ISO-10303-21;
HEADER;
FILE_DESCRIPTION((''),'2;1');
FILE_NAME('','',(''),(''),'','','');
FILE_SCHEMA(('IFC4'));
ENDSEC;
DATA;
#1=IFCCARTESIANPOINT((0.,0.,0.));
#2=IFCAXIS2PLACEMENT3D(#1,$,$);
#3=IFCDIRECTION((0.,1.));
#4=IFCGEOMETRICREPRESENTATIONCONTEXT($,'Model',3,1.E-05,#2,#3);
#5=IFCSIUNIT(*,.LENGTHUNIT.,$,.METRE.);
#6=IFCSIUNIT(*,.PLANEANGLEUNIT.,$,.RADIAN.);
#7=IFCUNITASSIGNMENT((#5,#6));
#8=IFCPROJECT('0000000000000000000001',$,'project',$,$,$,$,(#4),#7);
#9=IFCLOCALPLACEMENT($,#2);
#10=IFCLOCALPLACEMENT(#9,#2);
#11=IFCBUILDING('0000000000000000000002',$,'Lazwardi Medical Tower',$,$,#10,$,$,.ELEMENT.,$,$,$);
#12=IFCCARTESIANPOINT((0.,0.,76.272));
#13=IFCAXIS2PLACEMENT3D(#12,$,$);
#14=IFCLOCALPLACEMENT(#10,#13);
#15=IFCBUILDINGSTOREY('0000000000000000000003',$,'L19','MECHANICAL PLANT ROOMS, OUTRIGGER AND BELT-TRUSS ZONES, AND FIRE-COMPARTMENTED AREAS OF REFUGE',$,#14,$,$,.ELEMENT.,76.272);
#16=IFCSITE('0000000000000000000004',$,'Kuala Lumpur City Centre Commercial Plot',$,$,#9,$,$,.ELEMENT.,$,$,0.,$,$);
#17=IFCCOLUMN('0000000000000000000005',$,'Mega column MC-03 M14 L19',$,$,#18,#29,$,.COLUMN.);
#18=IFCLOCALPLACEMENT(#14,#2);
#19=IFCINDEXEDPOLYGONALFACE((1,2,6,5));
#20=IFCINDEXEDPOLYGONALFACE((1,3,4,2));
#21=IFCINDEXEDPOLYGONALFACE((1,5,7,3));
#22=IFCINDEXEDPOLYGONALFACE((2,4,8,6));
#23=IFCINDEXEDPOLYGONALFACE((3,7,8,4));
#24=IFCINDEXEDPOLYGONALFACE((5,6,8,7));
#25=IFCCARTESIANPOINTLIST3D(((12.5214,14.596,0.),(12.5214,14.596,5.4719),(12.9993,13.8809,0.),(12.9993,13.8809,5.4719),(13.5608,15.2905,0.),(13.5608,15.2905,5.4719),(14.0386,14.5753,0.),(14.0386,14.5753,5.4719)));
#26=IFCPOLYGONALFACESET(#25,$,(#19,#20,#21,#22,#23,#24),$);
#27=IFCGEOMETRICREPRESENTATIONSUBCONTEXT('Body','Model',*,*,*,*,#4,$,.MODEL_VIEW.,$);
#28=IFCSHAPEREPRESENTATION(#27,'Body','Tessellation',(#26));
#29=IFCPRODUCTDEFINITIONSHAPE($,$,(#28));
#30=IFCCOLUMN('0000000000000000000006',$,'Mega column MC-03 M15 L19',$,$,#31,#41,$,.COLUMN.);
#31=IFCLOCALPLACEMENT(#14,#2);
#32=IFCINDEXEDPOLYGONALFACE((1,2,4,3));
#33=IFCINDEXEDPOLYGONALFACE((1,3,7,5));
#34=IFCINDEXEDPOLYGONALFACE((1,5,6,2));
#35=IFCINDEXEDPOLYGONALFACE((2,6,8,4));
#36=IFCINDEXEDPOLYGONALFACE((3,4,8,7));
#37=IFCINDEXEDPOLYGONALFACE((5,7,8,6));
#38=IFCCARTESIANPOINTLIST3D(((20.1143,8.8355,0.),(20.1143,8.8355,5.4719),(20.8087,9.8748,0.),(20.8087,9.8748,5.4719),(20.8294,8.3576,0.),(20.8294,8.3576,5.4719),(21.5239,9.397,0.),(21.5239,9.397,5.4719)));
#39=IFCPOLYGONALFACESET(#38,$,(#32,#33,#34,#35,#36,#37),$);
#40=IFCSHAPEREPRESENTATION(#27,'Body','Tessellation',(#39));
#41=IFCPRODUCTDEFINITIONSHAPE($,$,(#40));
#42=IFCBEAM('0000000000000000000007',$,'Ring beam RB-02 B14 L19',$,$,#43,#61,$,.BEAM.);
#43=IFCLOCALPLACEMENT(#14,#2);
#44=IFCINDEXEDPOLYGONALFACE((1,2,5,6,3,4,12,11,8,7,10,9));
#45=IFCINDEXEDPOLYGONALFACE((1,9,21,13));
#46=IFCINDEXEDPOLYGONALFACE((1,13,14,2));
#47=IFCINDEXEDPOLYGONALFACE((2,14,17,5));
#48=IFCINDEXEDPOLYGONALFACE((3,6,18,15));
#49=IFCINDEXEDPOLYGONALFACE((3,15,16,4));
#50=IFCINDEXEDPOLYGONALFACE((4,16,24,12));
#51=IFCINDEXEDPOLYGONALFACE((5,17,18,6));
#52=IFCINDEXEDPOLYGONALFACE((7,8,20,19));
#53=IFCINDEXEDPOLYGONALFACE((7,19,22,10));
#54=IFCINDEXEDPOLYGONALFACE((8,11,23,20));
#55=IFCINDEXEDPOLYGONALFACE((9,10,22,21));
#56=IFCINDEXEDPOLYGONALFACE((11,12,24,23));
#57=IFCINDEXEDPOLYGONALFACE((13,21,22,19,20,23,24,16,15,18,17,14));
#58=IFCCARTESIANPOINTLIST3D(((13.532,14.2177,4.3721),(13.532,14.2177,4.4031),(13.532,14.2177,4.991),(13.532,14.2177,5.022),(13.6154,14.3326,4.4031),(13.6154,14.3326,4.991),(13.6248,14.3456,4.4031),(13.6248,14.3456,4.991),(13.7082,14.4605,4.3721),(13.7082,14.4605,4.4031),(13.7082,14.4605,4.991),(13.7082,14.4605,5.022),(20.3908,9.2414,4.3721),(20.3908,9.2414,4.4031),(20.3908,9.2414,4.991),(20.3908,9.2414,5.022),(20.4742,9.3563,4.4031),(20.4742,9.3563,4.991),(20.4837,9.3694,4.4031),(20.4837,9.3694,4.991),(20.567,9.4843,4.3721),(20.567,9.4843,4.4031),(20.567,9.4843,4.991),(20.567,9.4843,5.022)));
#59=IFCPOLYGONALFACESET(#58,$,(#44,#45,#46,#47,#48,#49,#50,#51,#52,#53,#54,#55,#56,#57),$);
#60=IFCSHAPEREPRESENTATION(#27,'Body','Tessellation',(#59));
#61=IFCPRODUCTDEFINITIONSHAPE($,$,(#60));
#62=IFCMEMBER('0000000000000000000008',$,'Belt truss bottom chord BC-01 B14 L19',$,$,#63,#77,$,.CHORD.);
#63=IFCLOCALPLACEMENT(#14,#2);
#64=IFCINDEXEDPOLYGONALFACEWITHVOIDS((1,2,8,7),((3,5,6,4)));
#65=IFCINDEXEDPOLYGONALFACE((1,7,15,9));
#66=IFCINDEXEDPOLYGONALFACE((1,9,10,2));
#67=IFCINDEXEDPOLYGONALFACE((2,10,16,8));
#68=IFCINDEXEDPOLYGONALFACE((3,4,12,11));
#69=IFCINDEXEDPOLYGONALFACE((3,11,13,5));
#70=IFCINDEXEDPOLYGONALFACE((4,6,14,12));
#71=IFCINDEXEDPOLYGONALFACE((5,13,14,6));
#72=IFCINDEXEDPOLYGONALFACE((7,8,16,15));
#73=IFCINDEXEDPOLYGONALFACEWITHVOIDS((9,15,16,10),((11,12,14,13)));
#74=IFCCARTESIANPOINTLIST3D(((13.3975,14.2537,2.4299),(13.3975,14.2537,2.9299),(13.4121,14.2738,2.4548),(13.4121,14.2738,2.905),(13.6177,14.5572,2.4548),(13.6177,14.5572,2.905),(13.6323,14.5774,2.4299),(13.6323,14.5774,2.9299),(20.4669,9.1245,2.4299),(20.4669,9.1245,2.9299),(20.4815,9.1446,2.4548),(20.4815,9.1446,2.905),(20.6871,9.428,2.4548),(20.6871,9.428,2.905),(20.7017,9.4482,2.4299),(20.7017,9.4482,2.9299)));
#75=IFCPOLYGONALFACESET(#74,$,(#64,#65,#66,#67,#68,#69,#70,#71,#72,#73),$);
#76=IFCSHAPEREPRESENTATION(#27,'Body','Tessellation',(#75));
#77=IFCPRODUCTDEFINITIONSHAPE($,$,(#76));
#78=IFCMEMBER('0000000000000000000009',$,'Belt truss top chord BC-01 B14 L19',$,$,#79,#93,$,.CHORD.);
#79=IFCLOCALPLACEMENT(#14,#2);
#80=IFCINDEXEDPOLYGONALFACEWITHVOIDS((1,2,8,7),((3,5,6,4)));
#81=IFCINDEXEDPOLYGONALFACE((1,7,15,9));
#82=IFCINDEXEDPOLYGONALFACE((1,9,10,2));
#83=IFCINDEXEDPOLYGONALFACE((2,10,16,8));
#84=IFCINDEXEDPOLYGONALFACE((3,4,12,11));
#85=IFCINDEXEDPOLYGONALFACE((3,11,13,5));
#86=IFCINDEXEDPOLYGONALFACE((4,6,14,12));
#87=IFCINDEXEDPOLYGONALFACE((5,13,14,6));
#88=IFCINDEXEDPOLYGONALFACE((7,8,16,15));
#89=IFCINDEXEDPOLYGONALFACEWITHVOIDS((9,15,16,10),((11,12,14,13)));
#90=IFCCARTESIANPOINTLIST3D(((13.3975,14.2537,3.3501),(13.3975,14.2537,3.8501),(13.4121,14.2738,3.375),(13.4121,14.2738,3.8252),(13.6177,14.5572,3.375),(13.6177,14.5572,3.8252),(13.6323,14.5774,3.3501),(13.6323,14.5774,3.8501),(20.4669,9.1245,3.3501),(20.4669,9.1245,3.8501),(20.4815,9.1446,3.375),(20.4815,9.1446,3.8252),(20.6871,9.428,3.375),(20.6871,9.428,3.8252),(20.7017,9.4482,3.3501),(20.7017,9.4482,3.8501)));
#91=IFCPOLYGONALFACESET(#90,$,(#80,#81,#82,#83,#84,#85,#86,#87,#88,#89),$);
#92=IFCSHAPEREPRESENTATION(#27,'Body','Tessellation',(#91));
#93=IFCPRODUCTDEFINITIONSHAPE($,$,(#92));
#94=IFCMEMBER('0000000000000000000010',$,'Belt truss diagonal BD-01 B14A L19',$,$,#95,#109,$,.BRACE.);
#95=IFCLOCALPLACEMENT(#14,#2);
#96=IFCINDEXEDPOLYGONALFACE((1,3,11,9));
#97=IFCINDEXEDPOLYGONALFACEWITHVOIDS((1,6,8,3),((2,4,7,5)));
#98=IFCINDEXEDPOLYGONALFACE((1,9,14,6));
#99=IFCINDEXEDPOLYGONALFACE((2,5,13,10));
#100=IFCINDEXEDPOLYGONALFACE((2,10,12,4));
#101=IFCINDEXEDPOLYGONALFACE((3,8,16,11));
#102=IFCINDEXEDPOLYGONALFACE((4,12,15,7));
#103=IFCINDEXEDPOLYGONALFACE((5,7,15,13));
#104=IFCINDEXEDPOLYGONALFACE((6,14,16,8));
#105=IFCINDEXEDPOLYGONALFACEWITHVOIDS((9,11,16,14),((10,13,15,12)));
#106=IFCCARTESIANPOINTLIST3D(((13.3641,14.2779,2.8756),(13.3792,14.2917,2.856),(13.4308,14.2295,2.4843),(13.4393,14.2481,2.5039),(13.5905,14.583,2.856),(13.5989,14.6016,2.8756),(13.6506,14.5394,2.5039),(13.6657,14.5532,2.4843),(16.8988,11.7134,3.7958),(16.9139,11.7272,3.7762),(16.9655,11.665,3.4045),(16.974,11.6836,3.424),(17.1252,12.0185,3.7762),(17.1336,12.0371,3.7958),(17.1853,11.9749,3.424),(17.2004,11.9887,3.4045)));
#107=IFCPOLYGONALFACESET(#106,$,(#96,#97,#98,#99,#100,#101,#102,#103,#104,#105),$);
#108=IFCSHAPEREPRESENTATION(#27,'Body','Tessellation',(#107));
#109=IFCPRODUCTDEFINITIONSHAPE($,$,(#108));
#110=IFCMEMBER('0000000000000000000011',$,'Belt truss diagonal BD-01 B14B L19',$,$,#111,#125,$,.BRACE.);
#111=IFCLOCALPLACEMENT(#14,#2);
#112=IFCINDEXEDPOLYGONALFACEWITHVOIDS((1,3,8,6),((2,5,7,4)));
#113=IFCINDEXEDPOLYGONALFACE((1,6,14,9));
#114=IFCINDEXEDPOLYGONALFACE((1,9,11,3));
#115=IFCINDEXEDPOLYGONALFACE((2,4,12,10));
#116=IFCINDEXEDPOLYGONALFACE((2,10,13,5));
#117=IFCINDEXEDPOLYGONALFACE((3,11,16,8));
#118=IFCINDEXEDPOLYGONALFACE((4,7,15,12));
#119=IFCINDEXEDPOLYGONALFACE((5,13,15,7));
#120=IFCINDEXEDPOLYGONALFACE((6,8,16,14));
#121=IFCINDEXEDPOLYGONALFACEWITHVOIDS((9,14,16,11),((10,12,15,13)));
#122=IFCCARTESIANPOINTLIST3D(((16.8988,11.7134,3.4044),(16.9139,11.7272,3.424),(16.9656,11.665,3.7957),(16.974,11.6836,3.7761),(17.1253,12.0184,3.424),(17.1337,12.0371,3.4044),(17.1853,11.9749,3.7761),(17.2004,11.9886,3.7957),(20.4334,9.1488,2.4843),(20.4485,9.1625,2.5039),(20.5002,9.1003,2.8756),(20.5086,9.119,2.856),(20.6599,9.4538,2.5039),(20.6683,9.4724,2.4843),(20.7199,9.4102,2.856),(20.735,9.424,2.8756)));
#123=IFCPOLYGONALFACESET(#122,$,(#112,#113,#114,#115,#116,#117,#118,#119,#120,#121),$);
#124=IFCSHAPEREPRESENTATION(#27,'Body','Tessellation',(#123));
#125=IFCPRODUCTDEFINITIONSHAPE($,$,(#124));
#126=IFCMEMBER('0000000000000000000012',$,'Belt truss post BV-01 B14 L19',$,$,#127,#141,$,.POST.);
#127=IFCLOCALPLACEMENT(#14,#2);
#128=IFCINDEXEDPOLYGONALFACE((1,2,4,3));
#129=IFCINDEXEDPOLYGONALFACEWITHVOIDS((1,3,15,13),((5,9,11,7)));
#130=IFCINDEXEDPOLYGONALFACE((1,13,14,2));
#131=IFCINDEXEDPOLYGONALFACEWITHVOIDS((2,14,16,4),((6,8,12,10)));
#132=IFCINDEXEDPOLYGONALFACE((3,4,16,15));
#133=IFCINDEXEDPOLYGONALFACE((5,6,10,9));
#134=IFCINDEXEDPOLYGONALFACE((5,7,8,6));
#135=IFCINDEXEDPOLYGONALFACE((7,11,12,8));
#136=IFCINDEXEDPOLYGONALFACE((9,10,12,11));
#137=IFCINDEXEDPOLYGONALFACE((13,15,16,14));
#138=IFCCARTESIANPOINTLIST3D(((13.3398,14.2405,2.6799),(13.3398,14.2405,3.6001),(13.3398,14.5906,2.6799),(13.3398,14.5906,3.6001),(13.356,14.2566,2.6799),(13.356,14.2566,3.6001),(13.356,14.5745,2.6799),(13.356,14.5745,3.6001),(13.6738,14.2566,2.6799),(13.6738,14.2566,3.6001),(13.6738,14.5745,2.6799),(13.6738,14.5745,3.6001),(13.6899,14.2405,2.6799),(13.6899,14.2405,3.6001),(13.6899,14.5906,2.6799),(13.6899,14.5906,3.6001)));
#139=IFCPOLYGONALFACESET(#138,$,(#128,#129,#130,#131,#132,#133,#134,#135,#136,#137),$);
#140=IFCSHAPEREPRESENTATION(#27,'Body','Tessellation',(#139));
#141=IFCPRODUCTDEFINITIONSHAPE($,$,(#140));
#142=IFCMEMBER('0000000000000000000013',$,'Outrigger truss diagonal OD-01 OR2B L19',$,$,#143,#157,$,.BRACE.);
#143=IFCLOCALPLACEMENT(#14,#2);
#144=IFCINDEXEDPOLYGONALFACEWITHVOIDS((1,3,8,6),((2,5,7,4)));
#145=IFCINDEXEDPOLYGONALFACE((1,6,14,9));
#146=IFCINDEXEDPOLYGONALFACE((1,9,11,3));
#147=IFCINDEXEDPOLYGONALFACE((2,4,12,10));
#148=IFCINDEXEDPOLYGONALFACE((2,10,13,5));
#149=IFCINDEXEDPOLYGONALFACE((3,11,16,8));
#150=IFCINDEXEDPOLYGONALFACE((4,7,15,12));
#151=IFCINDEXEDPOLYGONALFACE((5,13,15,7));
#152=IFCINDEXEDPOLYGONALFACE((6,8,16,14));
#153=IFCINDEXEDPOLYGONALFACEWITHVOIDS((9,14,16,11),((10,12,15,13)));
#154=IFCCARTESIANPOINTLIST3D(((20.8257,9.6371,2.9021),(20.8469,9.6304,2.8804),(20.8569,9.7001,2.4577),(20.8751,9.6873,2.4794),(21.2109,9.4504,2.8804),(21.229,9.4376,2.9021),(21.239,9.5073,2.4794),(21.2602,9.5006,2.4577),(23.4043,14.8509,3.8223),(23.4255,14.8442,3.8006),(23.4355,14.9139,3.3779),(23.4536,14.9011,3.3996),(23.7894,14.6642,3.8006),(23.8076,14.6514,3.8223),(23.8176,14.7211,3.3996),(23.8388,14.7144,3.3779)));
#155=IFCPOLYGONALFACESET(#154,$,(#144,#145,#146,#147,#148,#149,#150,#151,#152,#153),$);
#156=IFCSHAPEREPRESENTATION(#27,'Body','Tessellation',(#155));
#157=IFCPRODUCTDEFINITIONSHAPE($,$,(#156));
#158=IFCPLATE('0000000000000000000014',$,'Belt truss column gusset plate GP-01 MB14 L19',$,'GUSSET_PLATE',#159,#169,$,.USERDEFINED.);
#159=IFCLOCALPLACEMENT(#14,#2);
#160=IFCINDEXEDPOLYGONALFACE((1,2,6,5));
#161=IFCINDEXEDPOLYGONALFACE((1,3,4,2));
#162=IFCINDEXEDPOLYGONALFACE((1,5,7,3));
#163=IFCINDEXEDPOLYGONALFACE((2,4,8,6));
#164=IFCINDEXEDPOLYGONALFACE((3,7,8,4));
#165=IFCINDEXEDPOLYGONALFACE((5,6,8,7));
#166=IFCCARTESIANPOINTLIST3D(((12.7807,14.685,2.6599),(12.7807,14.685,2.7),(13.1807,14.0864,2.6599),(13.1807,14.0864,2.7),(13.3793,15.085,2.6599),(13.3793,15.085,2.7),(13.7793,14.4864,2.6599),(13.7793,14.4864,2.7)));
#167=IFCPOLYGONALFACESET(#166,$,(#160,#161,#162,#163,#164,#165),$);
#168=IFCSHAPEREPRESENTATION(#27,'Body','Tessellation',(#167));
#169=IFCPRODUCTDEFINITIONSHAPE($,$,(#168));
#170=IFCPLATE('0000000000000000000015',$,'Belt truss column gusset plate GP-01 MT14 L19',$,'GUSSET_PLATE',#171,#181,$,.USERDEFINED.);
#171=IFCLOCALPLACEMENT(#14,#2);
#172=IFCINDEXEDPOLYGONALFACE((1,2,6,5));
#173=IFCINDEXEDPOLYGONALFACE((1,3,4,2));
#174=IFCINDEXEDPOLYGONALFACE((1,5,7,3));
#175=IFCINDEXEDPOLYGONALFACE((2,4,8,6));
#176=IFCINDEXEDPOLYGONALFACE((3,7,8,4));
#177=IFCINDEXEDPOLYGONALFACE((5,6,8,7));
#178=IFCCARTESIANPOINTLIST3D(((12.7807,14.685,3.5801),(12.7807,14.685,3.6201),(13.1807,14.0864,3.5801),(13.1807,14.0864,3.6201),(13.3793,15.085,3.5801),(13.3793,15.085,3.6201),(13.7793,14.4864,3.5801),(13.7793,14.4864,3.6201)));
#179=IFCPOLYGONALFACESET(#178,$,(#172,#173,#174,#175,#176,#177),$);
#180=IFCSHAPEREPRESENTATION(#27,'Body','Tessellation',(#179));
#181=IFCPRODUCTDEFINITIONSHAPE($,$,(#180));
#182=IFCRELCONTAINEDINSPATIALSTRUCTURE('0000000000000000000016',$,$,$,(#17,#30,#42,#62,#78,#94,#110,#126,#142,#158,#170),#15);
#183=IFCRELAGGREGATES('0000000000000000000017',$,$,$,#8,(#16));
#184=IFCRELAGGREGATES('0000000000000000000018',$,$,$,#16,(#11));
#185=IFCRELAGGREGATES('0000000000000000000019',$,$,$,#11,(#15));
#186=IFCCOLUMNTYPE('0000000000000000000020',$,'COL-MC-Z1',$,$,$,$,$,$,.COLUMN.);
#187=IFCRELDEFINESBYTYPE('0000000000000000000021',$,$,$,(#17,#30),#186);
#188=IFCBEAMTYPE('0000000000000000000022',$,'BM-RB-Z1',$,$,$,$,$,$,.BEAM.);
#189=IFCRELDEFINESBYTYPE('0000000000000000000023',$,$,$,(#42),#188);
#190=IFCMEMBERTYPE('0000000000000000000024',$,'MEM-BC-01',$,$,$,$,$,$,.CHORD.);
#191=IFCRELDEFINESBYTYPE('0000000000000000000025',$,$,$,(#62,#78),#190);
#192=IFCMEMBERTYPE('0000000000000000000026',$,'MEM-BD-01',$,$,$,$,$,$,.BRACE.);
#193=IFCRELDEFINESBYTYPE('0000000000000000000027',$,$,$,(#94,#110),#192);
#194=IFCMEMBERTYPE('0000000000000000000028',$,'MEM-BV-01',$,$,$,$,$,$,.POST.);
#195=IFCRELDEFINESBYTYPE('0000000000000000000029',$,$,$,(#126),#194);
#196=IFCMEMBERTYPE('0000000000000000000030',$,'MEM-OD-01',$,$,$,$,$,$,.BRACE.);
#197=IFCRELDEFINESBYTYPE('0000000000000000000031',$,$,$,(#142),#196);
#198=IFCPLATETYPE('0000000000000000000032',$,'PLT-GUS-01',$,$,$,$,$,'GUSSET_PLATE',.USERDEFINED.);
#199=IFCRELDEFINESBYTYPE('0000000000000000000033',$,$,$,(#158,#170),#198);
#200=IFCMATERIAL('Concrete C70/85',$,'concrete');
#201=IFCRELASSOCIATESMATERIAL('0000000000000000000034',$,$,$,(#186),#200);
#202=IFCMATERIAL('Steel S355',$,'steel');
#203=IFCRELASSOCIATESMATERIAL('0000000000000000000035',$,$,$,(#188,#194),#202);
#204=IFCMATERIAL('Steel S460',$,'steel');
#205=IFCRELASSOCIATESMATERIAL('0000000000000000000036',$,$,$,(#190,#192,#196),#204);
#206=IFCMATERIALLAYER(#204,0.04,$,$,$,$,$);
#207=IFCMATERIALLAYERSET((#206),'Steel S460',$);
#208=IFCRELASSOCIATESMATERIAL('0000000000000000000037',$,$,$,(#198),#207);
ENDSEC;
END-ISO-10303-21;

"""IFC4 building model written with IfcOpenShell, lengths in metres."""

from ifc_helpers import new_model, si_unit, direction, frame, origin, origin_2d, place, context, subcontext, project, spatial, rectangle, hollow_rectangle, i_section, extrude, material, layer, layer_set, material_profile, profile_set, type_object, element, save


model = new_model("IFC4")

# Units and contexts
model_context = context("Model", 3, precision=1e-05, world=origin(), true_north=direction((0.0, 1.0)))
body_context = subcontext(model_context, "Body", "Model", "MODEL_VIEW")
ifc_project = project(units=[si_unit("LENGTHUNIT", "METRE"), si_unit("PLANEANGLEUNIT", "RADIAN")], contexts=[model_context])

# Site, building, storey
site_placement = place(None, origin())
site = spatial("IfcSite", under=ifc_project, at=site_placement, Name="Kuala Lumpur City Centre Commercial Plot", CompositionType="ELEMENT", RefElevation=0.0)
building_placement = place(site_placement, origin())
building = spatial("IfcBuilding", under=site, at=building_placement, Name="Lazwardi Medical Tower", CompositionType="ELEMENT")
storey_placement = place(building_placement, frame((0.0, 0.0, 76.272)))
storey = spatial("IfcBuildingStorey", under=building, at=storey_placement, Name="L19", Description="MECHANICAL PLANT ROOMS, OUTRIGGER AND BELT-TRUSS ZONES, AND FIRE-COMPARTMENTED AREAS OF REFUGE", CompositionType="ELEMENT", Elevation=76.272)

# Columns
ifc_material_1 = material(Name="Concrete C70/85", Category="concrete")
ifc_material_profile_1 = material_profile(ifc_material_1, rectangle(XDim=1.25, YDim=0.8601, at=origin_2d()), Name="CFT-RECT 1250x860")
ifc_profile_set_1 = profile_set([ifc_material_profile_1], Name="Concrete C70/85")
column_type = type_object("IfcColumnType", Name="COL-MC-Z1", PredefinedType="COLUMN", material=ifc_profile_set_1)
for number, where, z_axis, x_axis, name in (
    (1, (13.28, 14.5857, 0.0), (0.0, 0.0, 1.0), (-0.83147, -0.55557, 0.0), "Mega column MC-03 M14 L19"),
    (2, (20.8191, 9.1162, 0.0), (0.0, 0.0, 1.0), (-0.55557, -0.83147, 0.0), "Mega column MC-03 M15 L19"),
):
    element("IfcColumn", number, at=place(storey_placement, frame(where, z_axis=z_axis, x_axis=x_axis)), inside=storey, type_object=column_type, Name=name, PredefinedType="COLUMN", context=body_context, shape_type="SweptSolid", body=[
        extrude(rectangle(XDim=1.25, YDim=0.8601, at=origin_2d()), origin(), (0.0, 0.0, 1.0), 5.4719),
    ])

# Beam
ifc_material_2 = material(Name="Steel S355", Category="steel")
ifc_material_profile_2 = material_profile(ifc_material_2, i_section(OverallWidth=0.3, OverallDepth=0.6499, WebThickness=0.0161, FlangeThickness=0.031, at=origin_2d()), Name="HEB 650")
ifc_profile_set_2 = profile_set([ifc_material_profile_2], Name="Steel S355")
beam_type = type_object("IfcBeamType", Name="BM-RB-Z1", PredefinedType="BEAM", material=ifc_profile_set_2)
beam_placement = place(storey_placement, frame((13.6201, 14.3391, 4.697), z_axis=(0.809407, -0.587248, 0.0), x_axis=(0.587248, 0.809407, 0.0)))
element("IfcBeam", 3, at=beam_placement, inside=storey, type_object=beam_type, Name="Ring beam RB-02 B14 L19", PredefinedType="BEAM", context=body_context, shape_type="SweptSolid", body=[
    extrude(i_section(OverallWidth=0.3, OverallDepth=0.6499, WebThickness=0.0161, FlangeThickness=0.031, at=origin_2d()), origin(), (0.0, 0.0, 1.0), 8.4739),
])

# Members
ifc_material_3 = material(Name="Steel S460", Category="steel")
ifc_material_profile_3 = material_profile(ifc_material_3, hollow_rectangle(XDim=0.3999, YDim=0.5, WallThickness=0.0249, at=origin_2d()), Name="RHS 500x400x25")
ifc_profile_set_3 = profile_set([ifc_material_profile_3], Name="Steel S460")
member_type_1 = type_object("IfcMemberType", Name="MEM-BC-01", PredefinedType="CHORD", material=ifc_profile_set_3)
for number, where, z_axis, x_axis, name in (
    (4, (13.5149, 14.4155, 2.6799), (0.809399, -0.587259, 0.0), (0.587259, 0.809399, 0.0), "Belt truss bottom chord BC-01 B14 L19"),
    (5, (13.5149, 14.4155, 3.6001), (0.809399, -0.587259, 0.0), (0.587259, 0.809399, 0.0), "Belt truss top chord BC-01 B14 L19"),
):
    element("IfcMember", number, at=place(storey_placement, frame(where, z_axis=z_axis, x_axis=x_axis)), inside=storey, type_object=member_type_1, Name=name, PredefinedType="CHORD", context=body_context, shape_type="SweptSolid", body=[
        extrude(hollow_rectangle(XDim=0.3999, YDim=0.5, WallThickness=0.0249, at=origin_2d()), origin(), (0.0, 0.0, 1.0), 8.7341),
    ])
ifc_material_profile_4 = material_profile(ifc_material_3, hollow_rectangle(XDim=0.3999, YDim=0.3999, WallThickness=0.02, at=origin_2d()), Name="RHS 400x400x20")
ifc_profile_set_4 = profile_set([ifc_material_profile_4], Name="Steel S460")
member_type_2 = type_object("IfcMemberType", Name="MEM-BD-01", PredefinedType="BRACE", material=ifc_profile_set_4)
for number, where, z_axis, x_axis, name in (
    (6, (13.5149, 14.4155, 2.6799), (0.792021, -0.574623, 0.206184), (0.587241, 0.809412, 0.0), "Belt truss diagonal BD-01 B14A L19"),
    (7, (20.5842, 9.2864, 2.6799), (-0.791996, 0.574659, 0.206177), (-0.587277, -0.809386, 0.0), "Belt truss diagonal BD-01 B14B L19"),
):
    element("IfcMember", number, at=place(storey_placement, frame(where, z_axis=z_axis, x_axis=x_axis)), inside=storey, type_object=member_type_2, Name=name, PredefinedType="BRACE", context=body_context, shape_type="SweptSolid", body=[
        extrude(hollow_rectangle(XDim=0.3999, YDim=0.3999, WallThickness=0.02, at=origin_2d()), origin(), (0.0, 0.0, 1.0), 4.4629),
    ])
ifc_material_profile_5 = material_profile(ifc_material_2, hollow_rectangle(XDim=0.3501, YDim=0.3501, WallThickness=0.0161, at=origin_2d()), Name="RHS 350x350x16")
ifc_profile_set_5 = profile_set([ifc_material_profile_5], Name="Steel S355")
member_type_3 = type_object("IfcMemberType", Name="MEM-BV-01", PredefinedType="POST", material=ifc_profile_set_5)
member_1_placement = place(storey_placement, frame((13.5149, 14.4155, 2.6799), z_axis=(0.0, 0.0, 1.0), x_axis=(1.0, 0.0, 0.0)))
element("IfcMember", 8, at=member_1_placement, inside=storey, type_object=member_type_3, Name="Belt truss post BV-01 B14 L19", PredefinedType="POST", context=body_context, shape_type="SweptSolid", body=[
    extrude(hollow_rectangle(XDim=0.3501, YDim=0.3501, WallThickness=0.0161, at=origin_2d()), origin(), (0.0, 0.0, 1.0), 0.9202),
])
ifc_material_profile_6 = material_profile(ifc_material_3, hollow_rectangle(XDim=0.45, YDim=0.45, WallThickness=0.022, at=origin_2d()), Name="RHS 450x450x22")
ifc_profile_set_6 = profile_set([ifc_material_profile_6], Name="Steel S460")
member_type_4 = type_object("IfcMemberType", Name="MEM-OD-01", PredefinedType="BRACE", material=ifc_profile_set_6)
member_2_placement = place(storey_placement, frame((21.043, 9.5688, 2.6799), z_axis=(0.437869, 0.885356, 0.156252), x_axis=(-0.896366, 0.443314, 0.0)))
element("IfcMember", 9, at=member_2_placement, inside=storey, type_object=member_type_4, Name="Outrigger truss diagonal OD-01 OR2B L19", PredefinedType="BRACE", context=body_context, shape_type="SweptSolid", body=[
    extrude(hollow_rectangle(XDim=0.45, YDim=0.45, WallThickness=0.022, at=origin_2d()), origin(), (0.0, 0.0, 1.0), 5.8889),
])

# Plates
ifc_layer_1 = layer(ifc_material_3, 0.04)
ifc_layer_set_1 = layer_set([ifc_layer_1], Name="Steel S460")
plate_type = type_object("IfcPlateType", Name="PLT-GUS-01", ElementType="GUSSET_PLATE", PredefinedType="USERDEFINED", material=ifc_layer_set_1)
for number, where, z_axis, x_axis, name in (
    (10, (13.28, 14.5857, 2.6599), (0.0, 0.0, 1.0), (-0.83147, -0.55557, 0.0), "Belt truss column gusset plate GP-01 MB14 L19"),
    (11, (13.28, 14.5857, 3.5801), (0.0, 0.0, 1.0), (-0.83147, -0.55557, 0.0), "Belt truss column gusset plate GP-01 MT14 L19"),
):
    element("IfcPlate", number, at=place(storey_placement, frame(where, z_axis=z_axis, x_axis=x_axis)), inside=storey, type_object=plate_type, Name=name, ObjectType="GUSSET_PLATE", PredefinedType="USERDEFINED", context=body_context, shape_type="SweptSolid", body=[
        extrude(rectangle(XDim=0.72, YDim=0.72, at=origin_2d()), origin(), (0.0, 0.0, 1.0), 0.04),
    ])

save(model, "model.ifc")
